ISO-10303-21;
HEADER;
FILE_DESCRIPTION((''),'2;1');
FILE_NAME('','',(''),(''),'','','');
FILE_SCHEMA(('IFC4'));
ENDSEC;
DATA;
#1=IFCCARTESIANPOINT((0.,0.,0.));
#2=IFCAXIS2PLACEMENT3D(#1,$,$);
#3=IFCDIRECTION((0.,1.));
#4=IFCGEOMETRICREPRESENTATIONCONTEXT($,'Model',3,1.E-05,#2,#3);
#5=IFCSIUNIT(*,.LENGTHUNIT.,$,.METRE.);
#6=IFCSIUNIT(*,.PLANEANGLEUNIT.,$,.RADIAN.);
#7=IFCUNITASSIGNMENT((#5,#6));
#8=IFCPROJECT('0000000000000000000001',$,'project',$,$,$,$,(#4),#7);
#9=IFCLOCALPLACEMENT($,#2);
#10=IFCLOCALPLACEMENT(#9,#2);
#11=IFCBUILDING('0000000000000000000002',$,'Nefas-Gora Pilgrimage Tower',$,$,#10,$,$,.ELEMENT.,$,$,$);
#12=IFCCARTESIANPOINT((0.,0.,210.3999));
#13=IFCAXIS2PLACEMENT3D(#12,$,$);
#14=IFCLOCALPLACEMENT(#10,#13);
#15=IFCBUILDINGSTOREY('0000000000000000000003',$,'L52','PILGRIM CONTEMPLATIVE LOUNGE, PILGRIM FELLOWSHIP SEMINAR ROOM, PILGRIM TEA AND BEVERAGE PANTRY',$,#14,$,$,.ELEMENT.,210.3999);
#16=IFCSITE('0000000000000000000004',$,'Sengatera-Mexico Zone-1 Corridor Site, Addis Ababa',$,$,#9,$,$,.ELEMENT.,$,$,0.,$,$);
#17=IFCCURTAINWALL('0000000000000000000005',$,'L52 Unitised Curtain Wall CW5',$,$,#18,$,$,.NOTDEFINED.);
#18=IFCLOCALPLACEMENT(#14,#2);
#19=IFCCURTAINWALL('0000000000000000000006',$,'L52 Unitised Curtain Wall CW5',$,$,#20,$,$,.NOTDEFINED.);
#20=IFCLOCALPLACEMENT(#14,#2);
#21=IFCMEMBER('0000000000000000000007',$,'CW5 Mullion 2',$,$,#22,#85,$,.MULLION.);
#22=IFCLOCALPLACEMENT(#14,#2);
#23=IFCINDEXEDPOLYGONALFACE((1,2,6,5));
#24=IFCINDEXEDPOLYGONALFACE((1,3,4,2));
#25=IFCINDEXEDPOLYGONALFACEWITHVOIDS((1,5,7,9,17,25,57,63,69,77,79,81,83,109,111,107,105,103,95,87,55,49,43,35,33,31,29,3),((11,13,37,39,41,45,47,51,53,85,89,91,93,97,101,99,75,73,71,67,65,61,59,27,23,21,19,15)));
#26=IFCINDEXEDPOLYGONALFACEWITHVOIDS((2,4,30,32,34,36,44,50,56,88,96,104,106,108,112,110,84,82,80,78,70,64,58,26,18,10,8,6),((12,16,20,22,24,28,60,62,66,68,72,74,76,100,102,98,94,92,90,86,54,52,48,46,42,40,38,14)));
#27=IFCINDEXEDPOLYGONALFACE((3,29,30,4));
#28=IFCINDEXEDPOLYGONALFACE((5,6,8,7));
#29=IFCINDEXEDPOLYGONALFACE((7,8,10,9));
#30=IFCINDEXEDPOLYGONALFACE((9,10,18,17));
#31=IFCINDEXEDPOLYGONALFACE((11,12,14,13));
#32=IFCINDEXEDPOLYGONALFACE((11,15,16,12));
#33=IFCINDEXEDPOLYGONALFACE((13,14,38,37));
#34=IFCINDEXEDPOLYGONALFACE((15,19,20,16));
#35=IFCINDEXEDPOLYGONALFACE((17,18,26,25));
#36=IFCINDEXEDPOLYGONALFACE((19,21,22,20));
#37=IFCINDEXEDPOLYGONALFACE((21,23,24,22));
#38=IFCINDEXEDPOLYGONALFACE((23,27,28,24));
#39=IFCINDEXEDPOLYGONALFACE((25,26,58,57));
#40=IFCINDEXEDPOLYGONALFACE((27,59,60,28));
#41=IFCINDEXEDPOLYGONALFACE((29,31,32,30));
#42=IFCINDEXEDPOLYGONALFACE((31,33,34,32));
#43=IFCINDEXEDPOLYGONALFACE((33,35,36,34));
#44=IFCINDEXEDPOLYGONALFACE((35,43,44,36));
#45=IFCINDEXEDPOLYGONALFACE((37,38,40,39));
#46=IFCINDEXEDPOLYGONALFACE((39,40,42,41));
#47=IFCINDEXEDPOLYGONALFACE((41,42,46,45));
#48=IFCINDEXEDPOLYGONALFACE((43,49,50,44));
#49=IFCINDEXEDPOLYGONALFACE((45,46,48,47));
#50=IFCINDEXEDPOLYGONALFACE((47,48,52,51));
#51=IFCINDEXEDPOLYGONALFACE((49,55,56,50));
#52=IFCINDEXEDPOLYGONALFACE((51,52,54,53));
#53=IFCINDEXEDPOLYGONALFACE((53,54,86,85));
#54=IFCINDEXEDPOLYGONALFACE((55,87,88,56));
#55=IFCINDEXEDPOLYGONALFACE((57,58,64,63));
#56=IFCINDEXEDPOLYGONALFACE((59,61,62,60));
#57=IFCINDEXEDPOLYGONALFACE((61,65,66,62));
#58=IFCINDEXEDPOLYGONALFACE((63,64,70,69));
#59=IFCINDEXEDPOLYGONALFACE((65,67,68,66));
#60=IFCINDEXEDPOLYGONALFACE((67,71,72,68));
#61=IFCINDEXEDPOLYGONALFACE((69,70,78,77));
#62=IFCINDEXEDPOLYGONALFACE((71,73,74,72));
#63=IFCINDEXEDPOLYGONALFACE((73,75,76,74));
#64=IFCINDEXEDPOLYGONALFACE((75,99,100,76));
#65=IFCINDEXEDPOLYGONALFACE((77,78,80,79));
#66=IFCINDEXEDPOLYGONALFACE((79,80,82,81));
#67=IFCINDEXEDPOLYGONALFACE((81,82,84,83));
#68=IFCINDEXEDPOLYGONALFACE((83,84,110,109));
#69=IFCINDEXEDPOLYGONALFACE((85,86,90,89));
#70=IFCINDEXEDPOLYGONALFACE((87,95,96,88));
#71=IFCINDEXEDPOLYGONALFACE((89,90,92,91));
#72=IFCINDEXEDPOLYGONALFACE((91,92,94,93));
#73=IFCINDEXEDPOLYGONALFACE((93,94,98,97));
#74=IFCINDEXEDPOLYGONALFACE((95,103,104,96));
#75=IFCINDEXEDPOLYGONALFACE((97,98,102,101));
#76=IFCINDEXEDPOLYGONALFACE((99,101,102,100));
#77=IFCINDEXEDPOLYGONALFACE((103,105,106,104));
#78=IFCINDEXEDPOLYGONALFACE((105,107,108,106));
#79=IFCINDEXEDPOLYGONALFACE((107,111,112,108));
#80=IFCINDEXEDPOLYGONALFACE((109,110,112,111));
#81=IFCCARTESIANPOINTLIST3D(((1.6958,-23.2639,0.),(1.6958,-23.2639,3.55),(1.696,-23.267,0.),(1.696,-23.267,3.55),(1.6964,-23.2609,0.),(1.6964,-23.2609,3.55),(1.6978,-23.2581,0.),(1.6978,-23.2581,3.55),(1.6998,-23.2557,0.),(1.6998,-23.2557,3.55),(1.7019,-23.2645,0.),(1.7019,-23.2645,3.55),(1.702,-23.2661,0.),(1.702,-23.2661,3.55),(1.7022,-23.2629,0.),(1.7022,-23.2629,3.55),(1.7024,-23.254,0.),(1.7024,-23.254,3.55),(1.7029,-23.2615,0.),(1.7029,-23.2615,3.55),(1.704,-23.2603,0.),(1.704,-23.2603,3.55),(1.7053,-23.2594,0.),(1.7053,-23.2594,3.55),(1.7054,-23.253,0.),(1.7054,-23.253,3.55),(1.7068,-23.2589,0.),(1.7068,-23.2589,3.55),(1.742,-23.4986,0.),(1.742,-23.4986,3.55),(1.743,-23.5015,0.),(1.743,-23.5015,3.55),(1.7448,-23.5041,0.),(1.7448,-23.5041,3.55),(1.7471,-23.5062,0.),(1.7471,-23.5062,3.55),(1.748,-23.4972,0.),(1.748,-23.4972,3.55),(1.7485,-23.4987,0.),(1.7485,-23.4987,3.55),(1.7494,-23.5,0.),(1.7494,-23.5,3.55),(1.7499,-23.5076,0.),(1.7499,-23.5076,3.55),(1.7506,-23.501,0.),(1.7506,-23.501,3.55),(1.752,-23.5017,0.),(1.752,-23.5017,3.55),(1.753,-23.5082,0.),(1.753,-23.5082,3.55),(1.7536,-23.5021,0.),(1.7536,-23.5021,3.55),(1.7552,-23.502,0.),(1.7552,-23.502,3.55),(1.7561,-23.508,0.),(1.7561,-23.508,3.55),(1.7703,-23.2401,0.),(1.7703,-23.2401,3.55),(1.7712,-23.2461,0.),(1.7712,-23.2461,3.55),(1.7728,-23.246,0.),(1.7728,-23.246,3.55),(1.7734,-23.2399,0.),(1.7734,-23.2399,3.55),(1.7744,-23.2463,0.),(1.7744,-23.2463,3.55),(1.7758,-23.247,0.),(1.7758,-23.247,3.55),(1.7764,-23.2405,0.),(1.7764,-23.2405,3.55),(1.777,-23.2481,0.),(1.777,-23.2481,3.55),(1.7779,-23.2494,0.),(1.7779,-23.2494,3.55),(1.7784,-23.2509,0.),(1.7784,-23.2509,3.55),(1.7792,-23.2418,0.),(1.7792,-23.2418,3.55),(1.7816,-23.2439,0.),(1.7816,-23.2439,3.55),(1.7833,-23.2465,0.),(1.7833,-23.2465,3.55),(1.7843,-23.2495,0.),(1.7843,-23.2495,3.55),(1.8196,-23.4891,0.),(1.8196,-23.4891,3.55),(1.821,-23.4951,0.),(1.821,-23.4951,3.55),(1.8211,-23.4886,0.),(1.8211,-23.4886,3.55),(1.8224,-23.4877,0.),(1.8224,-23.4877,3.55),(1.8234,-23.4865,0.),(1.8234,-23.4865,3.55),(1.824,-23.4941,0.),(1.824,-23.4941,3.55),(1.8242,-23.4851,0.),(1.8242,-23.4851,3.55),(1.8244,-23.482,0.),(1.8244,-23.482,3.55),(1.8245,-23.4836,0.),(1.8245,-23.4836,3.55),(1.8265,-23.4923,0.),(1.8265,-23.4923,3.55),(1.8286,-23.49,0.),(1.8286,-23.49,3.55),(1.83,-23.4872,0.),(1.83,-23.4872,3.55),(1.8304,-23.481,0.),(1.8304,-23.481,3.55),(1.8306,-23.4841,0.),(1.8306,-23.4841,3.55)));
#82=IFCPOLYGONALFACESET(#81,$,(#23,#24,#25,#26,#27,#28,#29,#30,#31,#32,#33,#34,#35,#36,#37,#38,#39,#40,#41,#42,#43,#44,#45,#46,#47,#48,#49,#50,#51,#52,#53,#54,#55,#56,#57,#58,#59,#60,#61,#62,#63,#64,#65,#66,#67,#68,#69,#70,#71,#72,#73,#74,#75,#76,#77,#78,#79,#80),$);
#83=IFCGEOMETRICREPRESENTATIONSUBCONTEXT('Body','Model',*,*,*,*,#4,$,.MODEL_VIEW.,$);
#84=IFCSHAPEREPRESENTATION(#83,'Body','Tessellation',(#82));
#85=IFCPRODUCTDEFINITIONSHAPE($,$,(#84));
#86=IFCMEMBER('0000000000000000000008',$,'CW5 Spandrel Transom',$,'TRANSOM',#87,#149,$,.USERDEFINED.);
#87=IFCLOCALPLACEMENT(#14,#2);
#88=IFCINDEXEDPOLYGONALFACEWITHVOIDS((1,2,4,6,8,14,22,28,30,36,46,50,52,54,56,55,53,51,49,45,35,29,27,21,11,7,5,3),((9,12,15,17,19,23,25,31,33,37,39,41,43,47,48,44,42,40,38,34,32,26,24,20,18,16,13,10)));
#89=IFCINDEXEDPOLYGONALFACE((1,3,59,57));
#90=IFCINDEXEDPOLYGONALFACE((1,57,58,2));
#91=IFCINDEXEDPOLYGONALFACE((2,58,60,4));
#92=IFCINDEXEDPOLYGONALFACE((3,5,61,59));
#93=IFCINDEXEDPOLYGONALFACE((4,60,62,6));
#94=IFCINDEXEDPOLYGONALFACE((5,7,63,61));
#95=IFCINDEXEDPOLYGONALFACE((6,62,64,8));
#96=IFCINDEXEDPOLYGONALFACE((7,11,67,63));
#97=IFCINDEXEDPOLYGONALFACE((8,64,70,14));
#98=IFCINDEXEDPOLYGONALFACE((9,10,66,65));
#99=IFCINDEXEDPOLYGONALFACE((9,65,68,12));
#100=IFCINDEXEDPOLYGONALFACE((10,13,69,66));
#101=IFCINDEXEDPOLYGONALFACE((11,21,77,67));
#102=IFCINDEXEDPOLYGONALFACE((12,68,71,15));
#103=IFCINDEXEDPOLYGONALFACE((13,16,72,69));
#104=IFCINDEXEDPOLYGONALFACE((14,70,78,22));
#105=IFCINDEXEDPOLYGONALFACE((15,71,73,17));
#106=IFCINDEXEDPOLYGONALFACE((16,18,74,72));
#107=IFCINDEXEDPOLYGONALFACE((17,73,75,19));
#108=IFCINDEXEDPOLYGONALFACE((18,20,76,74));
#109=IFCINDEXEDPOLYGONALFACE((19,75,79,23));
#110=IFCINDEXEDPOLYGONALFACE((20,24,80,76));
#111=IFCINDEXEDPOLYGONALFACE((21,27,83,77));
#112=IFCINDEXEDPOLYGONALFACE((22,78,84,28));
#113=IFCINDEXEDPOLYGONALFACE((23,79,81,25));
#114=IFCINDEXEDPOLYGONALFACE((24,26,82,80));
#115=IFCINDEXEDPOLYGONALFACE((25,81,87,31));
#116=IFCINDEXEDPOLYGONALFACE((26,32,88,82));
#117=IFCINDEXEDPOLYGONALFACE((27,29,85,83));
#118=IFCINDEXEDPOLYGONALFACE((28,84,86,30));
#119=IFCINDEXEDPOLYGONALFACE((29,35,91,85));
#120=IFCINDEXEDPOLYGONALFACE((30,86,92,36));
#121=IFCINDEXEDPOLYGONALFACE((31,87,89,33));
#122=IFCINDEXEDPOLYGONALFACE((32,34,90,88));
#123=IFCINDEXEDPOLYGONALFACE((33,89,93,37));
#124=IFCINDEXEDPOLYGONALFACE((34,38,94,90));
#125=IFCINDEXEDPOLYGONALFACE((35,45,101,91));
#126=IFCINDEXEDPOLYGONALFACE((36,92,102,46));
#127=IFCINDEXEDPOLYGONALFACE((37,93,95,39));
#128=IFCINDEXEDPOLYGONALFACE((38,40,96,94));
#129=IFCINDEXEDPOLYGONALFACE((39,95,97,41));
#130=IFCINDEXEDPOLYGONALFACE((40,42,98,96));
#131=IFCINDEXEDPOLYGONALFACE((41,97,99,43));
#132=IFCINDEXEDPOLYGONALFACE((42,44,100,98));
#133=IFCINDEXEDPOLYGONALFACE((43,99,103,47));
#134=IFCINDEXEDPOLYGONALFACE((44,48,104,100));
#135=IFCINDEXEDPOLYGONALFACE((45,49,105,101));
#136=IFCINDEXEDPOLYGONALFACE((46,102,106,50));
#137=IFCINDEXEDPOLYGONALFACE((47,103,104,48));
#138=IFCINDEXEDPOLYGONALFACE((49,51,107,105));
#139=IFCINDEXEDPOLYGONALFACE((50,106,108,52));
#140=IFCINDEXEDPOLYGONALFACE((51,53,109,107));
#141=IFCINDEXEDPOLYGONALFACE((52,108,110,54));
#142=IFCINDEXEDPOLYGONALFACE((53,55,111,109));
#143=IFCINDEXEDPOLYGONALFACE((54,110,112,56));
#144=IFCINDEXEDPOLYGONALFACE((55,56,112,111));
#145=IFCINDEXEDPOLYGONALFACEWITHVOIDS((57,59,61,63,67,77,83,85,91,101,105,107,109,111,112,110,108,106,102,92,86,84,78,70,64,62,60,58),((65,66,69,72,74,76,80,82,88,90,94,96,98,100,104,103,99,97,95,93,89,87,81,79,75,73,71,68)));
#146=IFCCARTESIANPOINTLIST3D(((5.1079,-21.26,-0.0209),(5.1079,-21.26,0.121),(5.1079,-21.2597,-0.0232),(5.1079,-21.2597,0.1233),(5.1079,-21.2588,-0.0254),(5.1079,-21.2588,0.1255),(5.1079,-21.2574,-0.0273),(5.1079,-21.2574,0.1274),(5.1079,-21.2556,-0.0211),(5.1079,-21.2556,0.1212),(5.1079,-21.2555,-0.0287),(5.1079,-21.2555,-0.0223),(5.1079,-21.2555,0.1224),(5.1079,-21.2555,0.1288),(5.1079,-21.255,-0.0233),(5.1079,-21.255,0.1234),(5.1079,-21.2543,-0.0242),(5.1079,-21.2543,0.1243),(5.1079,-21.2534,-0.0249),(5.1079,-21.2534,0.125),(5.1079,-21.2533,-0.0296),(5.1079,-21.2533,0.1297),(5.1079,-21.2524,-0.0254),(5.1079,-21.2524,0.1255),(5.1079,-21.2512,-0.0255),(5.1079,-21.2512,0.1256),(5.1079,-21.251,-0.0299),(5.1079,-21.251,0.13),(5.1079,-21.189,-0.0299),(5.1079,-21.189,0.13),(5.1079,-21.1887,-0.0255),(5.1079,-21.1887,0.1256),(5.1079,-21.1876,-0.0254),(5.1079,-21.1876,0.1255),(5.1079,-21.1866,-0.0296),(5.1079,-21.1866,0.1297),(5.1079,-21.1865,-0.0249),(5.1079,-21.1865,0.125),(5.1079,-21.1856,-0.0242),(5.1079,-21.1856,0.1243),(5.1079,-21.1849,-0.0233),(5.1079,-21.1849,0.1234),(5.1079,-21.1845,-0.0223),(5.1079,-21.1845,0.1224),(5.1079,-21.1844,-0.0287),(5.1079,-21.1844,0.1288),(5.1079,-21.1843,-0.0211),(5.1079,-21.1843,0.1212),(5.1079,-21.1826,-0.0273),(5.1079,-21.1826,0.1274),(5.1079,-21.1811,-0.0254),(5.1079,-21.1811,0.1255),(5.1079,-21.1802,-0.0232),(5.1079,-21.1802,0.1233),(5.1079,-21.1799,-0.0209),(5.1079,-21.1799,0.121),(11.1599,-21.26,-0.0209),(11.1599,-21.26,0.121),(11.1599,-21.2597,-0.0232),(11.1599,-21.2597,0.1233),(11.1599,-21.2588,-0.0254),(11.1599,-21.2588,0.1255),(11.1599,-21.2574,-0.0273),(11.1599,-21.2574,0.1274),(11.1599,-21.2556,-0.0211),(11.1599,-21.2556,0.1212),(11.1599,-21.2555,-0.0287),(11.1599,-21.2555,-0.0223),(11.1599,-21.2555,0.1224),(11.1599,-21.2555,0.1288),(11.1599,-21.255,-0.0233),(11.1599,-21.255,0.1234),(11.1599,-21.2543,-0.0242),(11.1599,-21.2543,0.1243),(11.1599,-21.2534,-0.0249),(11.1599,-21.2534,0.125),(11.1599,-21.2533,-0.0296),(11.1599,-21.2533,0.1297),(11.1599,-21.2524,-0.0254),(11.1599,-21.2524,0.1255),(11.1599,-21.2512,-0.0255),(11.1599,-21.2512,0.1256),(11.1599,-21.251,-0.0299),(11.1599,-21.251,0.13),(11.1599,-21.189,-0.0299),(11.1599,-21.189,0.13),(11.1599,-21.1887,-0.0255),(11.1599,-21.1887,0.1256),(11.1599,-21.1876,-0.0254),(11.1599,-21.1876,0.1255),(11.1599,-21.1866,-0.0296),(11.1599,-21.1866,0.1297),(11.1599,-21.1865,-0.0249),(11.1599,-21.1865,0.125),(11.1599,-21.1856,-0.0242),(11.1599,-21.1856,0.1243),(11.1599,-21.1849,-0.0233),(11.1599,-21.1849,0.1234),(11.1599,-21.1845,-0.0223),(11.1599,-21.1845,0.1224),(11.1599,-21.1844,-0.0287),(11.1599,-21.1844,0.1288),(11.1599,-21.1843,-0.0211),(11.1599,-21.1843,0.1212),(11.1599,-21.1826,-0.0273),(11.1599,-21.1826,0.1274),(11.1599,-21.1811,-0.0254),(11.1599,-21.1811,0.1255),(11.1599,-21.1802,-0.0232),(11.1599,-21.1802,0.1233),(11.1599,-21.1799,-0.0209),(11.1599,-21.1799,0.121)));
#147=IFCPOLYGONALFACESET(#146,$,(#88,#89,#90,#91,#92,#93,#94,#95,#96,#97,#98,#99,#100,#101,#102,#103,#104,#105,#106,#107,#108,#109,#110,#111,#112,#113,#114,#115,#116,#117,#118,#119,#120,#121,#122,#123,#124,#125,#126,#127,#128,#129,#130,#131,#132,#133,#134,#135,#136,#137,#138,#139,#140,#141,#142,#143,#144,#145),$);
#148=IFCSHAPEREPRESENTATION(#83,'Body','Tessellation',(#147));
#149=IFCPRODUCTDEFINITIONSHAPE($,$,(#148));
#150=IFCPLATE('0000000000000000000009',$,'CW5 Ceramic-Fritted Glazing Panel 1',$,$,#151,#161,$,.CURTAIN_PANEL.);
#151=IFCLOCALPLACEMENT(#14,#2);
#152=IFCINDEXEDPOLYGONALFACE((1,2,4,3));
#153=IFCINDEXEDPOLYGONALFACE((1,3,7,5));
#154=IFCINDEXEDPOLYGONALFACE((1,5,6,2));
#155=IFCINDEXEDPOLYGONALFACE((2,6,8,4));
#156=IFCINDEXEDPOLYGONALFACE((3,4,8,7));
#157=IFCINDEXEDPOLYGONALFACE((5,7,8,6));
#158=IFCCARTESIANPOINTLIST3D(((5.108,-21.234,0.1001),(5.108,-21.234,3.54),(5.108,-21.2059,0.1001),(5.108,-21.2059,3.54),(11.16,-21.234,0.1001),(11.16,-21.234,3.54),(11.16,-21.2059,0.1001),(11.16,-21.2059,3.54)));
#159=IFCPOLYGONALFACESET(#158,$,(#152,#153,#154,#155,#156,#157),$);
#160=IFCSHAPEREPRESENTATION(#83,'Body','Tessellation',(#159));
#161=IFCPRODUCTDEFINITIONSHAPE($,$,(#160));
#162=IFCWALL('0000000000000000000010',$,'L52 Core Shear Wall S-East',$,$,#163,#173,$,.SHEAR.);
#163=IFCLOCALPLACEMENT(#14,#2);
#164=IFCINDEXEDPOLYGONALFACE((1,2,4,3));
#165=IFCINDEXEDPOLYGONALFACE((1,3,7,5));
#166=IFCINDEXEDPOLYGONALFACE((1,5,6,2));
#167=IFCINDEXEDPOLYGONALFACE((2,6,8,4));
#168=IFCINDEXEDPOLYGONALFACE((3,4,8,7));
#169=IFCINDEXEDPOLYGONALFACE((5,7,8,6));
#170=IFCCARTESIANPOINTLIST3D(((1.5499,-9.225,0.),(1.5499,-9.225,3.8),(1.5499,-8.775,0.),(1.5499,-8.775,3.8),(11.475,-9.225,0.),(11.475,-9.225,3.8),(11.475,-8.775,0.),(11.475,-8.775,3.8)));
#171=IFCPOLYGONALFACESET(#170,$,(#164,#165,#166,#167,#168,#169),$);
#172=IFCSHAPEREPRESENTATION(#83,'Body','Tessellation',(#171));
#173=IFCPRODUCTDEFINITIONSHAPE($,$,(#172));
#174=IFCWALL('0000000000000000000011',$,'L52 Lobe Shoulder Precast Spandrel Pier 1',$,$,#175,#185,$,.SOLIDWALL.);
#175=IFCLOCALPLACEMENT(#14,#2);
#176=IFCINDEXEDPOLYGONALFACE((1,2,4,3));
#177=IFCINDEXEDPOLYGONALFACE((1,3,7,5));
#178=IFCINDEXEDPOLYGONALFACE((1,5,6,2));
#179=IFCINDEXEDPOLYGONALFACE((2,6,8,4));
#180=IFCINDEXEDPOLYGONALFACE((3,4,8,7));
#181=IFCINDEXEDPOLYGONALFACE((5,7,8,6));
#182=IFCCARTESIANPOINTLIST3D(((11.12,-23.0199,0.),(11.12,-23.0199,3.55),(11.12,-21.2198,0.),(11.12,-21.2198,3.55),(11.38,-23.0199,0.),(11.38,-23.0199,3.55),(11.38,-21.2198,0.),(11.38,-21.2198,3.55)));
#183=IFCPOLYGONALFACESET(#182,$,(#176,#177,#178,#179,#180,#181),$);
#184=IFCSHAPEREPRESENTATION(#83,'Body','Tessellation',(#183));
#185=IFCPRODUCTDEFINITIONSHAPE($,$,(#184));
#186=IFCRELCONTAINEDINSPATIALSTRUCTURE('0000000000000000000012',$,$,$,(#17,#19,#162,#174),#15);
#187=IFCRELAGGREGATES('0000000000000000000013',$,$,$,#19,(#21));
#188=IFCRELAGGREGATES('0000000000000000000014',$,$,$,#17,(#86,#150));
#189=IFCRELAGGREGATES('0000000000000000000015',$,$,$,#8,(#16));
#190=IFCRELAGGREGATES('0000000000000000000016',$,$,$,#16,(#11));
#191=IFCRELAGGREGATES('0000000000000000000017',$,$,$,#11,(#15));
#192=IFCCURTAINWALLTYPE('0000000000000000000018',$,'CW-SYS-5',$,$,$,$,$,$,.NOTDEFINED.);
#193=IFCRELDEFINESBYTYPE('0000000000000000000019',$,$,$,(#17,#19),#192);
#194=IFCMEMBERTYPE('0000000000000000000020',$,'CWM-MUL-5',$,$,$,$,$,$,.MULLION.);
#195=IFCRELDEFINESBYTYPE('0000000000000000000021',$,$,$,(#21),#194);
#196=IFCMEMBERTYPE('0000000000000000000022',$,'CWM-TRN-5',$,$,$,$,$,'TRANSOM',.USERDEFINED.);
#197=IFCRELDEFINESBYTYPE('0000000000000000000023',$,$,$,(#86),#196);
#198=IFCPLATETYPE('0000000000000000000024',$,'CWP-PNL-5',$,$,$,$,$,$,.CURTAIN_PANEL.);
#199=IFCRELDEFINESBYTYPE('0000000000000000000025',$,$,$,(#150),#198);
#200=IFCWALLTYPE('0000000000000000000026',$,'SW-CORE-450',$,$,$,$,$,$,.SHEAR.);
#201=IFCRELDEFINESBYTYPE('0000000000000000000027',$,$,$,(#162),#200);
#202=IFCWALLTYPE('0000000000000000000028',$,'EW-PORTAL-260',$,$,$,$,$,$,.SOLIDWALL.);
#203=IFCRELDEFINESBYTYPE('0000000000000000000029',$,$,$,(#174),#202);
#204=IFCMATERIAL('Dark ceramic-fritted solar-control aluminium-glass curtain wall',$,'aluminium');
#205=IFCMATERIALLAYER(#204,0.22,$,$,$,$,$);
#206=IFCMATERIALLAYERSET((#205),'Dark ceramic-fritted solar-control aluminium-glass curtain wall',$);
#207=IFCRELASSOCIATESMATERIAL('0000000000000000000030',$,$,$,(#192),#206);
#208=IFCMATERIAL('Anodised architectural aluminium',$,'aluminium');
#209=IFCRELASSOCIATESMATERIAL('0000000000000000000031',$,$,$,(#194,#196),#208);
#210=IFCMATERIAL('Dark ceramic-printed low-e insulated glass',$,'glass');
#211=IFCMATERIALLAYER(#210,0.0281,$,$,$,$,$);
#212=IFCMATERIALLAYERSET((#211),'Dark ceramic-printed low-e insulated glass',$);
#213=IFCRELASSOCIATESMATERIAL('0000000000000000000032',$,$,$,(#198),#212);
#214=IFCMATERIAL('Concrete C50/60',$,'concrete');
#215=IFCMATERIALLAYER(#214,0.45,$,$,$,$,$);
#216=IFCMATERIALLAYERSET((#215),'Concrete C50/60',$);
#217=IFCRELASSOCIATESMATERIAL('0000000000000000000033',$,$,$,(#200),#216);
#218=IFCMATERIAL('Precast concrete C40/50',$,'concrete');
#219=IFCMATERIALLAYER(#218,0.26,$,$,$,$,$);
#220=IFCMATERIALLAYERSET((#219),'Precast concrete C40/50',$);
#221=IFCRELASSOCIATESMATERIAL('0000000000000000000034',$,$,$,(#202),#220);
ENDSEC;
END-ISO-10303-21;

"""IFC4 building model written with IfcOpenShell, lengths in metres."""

from ifc_helpers import new_model, si_unit, direction, frame, frame_2d, origin, origin_2d, place, context, subcontext, project, spatial, rectangle, hollow_rectangle, extrude, source, transform, mapped, material, layer, layer_set, material_profile, profile_set, type_object, element, aggregate, save


model = new_model("IFC4")

# Units and contexts
model_context = context("Model", 3, precision=1e-05, world=origin(), true_north=direction((0.0, 1.0)))
body_context = subcontext(model_context, "Body", "Model", "MODEL_VIEW")
ifc_project = project(units=[si_unit("LENGTHUNIT", "METRE"), si_unit("PLANEANGLEUNIT", "RADIAN")], contexts=[model_context])

# Site, building, storey
site_placement = place(None, origin())
site = spatial("IfcSite", under=ifc_project, at=site_placement, Name="Sengatera-Mexico Zone-1 Corridor Site, Addis Ababa", CompositionType="ELEMENT", RefElevation=0.0)
building_placement = place(site_placement, origin())
building = spatial("IfcBuilding", under=site, at=building_placement, Name="Nefas-Gora Pilgrimage Tower", CompositionType="ELEMENT")
storey_placement = place(building_placement, frame((0.0, 0.0, 210.3999)))
storey = spatial("IfcBuildingStorey", under=building, at=storey_placement, Name="L52", Description="PILGRIM CONTEMPLATIVE LOUNGE, PILGRIM FELLOWSHIP SEMINAR ROOM, PILGRIM TEA AND BEVERAGE PANTRY", CompositionType="ELEMENT", Elevation=210.3999)

# Curtain wall
ifc_material_1 = material(Name="Dark ceramic-fritted solar-control aluminium-glass curtain wall", Category="aluminium")
ifc_layer_1 = layer(ifc_material_1, 0.22)
ifc_layer_set_1 = layer_set([ifc_layer_1], Name="Dark ceramic-fritted solar-control aluminium-glass curtain wall")
curtain_wall_type = type_object("IfcCurtainWallType", Name="CW-SYS-5", PredefinedType="NOTDEFINED", material=ifc_layer_set_1)
curtain_wall_1_placement = place(storey_placement, origin())
curtain_wall_1 = element("IfcCurtainWall", 1, at=curtain_wall_1_placement, inside=storey, type_object=curtain_wall_type, Name="L52 Unitised Curtain Wall CW5", PredefinedType="NOTDEFINED")
ifc_material_2 = material(Name="Anodised architectural aluminium", Category="aluminium")
ifc_material_profile_1 = material_profile(ifc_material_2, hollow_rectangle(XDim=0.0901, YDim=0.26, WallThickness=0.0061, InnerFilletRadius=0.0061, OuterFilletRadius=0.012, at=origin_2d()), Name="ALU MULLION 90x260")
ifc_profile_set_1 = profile_set([ifc_material_profile_1], Name="Anodised architectural aluminium")
member_type_1 = type_object("IfcMemberType", Name="CWM-MUL-5", PredefinedType="MULLION", material=ifc_profile_set_1)
shared_shape_1 = source(origin(), body_context, "Body", "SweptSolid", [
    extrude(hollow_rectangle(XDim=0.0901, YDim=0.26, WallThickness=0.0061, InnerFilletRadius=0.0061, OuterFilletRadius=0.012, at=origin_2d()), origin(), (0.0, 0.0, 1.0), 3.55),
])

# Curtain wall, member
curtain_wall_2_placement = place(storey_placement, origin())
curtain_wall_2 = element("IfcCurtainWall", 2, at=curtain_wall_2_placement, inside=storey, type_object=curtain_wall_type, Name="L52 Unitised Curtain Wall CW5", PredefinedType="NOTDEFINED")
member_1_placement = place(storey_placement, frame((1.7632, -23.374, 0.0), z_axis=(0.0, 0.0, 1.0), x_axis=(0.980783, 0.195102, 0.0)))
member_1 = element("IfcMember", 3, at=member_1_placement, type_object=member_type_1, Name="CW5 Mullion 2", PredefinedType="MULLION", context=body_context, shape_type="MappedRepresentation", body=[
    mapped(shared_shape_1, transform((0.0, 0.0, 0.0), x_axis=(1.0, 0.0, 0.0), y_axis=(0.0, 1.0, 0.0), z_axis=(0.0, 0.0, 1.0), scale=1.0)),
])
aggregate(curtain_wall_2, [member_1])

# Member
ifc_material_profile_2 = material_profile(ifc_material_2, hollow_rectangle(XDim=0.0801, YDim=0.1599, WallThickness=0.0044, InnerFilletRadius=0.0044, OuterFilletRadius=0.009, at=origin_2d()), Name="ALU TRANSOM 80x160")
ifc_profile_set_2 = profile_set([ifc_material_profile_2], Name="Anodised architectural aluminium")
member_type_2 = type_object("IfcMemberType", Name="CWM-TRN-5", ElementType="TRANSOM", PredefinedType="USERDEFINED", material=ifc_profile_set_2)
shared_shape_2 = source(origin(), body_context, "Body", "SweptSolid", [
    extrude(hollow_rectangle(XDim=0.0801, YDim=0.1599, WallThickness=0.0044, InnerFilletRadius=0.0044, OuterFilletRadius=0.009, at=origin_2d()), origin(), (0.0, 0.0, 1.0), 6.052),
])
member_2_placement = place(storey_placement, frame((5.1079, -21.22, 0.05), z_axis=(1.0, 0.0, 0.0), x_axis=(0.0, 1.0, 0.0)))
member_2 = element("IfcMember", 4, at=member_2_placement, type_object=member_type_2, Name="CW5 Spandrel Transom", ObjectType="TRANSOM", PredefinedType="USERDEFINED", context=body_context, shape_type="MappedRepresentation", body=[
    mapped(shared_shape_2, transform((0.0, 0.0, 0.0), x_axis=(1.0, 0.0, 0.0), y_axis=(0.0, 1.0, 0.0), z_axis=(0.0, 0.0, 1.0), scale=1.0)),
])

# Plate
ifc_material_3 = material(Name="Dark ceramic-printed low-e insulated glass", Category="glass")
ifc_layer_2 = layer(ifc_material_3, 0.0281)
ifc_layer_set_2 = layer_set([ifc_layer_2], Name="Dark ceramic-printed low-e insulated glass")
plate_type = type_object("IfcPlateType", Name="CWP-PNL-5", PredefinedType="CURTAIN_PANEL", material=ifc_layer_set_2)
shared_shape_3 = source(origin(), body_context, "Body", "SweptSolid", [
    extrude(rectangle(XDim=6.052, YDim=0.0281, at=origin_2d()), origin(), (0.0, 0.0, 1.0), 3.4399),
])
plate_placement = place(storey_placement, frame((8.134, -21.22, 0.1001), z_axis=(0.0, 0.0, 1.0), x_axis=(1.0, 0.0, 0.0)))
plate = element("IfcPlate", 5, at=plate_placement, type_object=plate_type, Name="CW5 Ceramic-Fritted Glazing Panel 1", PredefinedType="CURTAIN_PANEL", context=body_context, shape_type="MappedRepresentation", body=[
    mapped(shared_shape_3, transform((0.0, 0.0, 0.0), x_axis=(1.0, 0.0, 0.0), y_axis=(0.0, 1.0, 0.0), z_axis=(0.0, 0.0, 1.0), scale=1.0)),
])
aggregate(curtain_wall_1, [member_2, plate])

# Walls
ifc_material_4 = material(Name="Concrete C50/60", Category="concrete")
ifc_layer_3 = layer(ifc_material_4, 0.45)
ifc_layer_set_3 = layer_set([ifc_layer_3], Name="Concrete C50/60")
wall_type_1 = type_object("IfcWallType", Name="SW-CORE-450", PredefinedType="SHEAR", material=ifc_layer_set_3)
shared_shape_4 = source(origin(), body_context, "Body", "SweptSolid", [
    extrude(rectangle(XDim=9.925, YDim=0.45, at=frame_2d((4.9624, 0.0))), origin(), (0.0, 0.0, 1.0), 3.8),
])
wall_1_placement = place(storey_placement, frame((1.55, -9.0, 0.0), z_axis=(0.0, 0.0, 1.0), x_axis=(1.0, 0.0, 0.0)))
element("IfcWall", 6, at=wall_1_placement, inside=storey, type_object=wall_type_1, Name="L52 Core Shear Wall S-East", PredefinedType="SHEAR", context=body_context, shape_type="MappedRepresentation", body=[
    mapped(shared_shape_4, transform((0.0, 0.0, 0.0), x_axis=(1.0, 0.0, 0.0), y_axis=(0.0, 1.0, 0.0), z_axis=(0.0, 0.0, 1.0), scale=1.0)),
])
ifc_material_5 = material(Name="Precast concrete C40/50", Category="concrete")
ifc_layer_4 = layer(ifc_material_5, 0.26)
ifc_layer_set_4 = layer_set([ifc_layer_4], Name="Precast concrete C40/50")
wall_type_2 = type_object("IfcWallType", Name="EW-PORTAL-260", PredefinedType="SOLIDWALL", material=ifc_layer_set_4)
shared_shape_5 = source(origin(), body_context, "Body", "SweptSolid", [
    extrude(rectangle(XDim=1.8, YDim=0.26, at=frame_2d((0.8999, 0.0))), origin(), (0.0, 0.0, 1.0), 3.55),
])
wall_2_placement = place(storey_placement, frame((11.25, -21.22, 0.0), z_axis=(0.0, 0.0, 1.0), x_axis=(0.0, -1.0, 0.0)))
element("IfcWall", 7, at=wall_2_placement, inside=storey, type_object=wall_type_2, Name="L52 Lobe Shoulder Precast Spandrel Pier 1", PredefinedType="SOLIDWALL", context=body_context, shape_type="MappedRepresentation", body=[
    mapped(shared_shape_5, transform((0.0, 0.0, 0.0), x_axis=(1.0, 0.0, 0.0), y_axis=(0.0, 1.0, 0.0), z_axis=(0.0, 0.0, 1.0), scale=1.0)),
])

save(model, "model.ifc")
